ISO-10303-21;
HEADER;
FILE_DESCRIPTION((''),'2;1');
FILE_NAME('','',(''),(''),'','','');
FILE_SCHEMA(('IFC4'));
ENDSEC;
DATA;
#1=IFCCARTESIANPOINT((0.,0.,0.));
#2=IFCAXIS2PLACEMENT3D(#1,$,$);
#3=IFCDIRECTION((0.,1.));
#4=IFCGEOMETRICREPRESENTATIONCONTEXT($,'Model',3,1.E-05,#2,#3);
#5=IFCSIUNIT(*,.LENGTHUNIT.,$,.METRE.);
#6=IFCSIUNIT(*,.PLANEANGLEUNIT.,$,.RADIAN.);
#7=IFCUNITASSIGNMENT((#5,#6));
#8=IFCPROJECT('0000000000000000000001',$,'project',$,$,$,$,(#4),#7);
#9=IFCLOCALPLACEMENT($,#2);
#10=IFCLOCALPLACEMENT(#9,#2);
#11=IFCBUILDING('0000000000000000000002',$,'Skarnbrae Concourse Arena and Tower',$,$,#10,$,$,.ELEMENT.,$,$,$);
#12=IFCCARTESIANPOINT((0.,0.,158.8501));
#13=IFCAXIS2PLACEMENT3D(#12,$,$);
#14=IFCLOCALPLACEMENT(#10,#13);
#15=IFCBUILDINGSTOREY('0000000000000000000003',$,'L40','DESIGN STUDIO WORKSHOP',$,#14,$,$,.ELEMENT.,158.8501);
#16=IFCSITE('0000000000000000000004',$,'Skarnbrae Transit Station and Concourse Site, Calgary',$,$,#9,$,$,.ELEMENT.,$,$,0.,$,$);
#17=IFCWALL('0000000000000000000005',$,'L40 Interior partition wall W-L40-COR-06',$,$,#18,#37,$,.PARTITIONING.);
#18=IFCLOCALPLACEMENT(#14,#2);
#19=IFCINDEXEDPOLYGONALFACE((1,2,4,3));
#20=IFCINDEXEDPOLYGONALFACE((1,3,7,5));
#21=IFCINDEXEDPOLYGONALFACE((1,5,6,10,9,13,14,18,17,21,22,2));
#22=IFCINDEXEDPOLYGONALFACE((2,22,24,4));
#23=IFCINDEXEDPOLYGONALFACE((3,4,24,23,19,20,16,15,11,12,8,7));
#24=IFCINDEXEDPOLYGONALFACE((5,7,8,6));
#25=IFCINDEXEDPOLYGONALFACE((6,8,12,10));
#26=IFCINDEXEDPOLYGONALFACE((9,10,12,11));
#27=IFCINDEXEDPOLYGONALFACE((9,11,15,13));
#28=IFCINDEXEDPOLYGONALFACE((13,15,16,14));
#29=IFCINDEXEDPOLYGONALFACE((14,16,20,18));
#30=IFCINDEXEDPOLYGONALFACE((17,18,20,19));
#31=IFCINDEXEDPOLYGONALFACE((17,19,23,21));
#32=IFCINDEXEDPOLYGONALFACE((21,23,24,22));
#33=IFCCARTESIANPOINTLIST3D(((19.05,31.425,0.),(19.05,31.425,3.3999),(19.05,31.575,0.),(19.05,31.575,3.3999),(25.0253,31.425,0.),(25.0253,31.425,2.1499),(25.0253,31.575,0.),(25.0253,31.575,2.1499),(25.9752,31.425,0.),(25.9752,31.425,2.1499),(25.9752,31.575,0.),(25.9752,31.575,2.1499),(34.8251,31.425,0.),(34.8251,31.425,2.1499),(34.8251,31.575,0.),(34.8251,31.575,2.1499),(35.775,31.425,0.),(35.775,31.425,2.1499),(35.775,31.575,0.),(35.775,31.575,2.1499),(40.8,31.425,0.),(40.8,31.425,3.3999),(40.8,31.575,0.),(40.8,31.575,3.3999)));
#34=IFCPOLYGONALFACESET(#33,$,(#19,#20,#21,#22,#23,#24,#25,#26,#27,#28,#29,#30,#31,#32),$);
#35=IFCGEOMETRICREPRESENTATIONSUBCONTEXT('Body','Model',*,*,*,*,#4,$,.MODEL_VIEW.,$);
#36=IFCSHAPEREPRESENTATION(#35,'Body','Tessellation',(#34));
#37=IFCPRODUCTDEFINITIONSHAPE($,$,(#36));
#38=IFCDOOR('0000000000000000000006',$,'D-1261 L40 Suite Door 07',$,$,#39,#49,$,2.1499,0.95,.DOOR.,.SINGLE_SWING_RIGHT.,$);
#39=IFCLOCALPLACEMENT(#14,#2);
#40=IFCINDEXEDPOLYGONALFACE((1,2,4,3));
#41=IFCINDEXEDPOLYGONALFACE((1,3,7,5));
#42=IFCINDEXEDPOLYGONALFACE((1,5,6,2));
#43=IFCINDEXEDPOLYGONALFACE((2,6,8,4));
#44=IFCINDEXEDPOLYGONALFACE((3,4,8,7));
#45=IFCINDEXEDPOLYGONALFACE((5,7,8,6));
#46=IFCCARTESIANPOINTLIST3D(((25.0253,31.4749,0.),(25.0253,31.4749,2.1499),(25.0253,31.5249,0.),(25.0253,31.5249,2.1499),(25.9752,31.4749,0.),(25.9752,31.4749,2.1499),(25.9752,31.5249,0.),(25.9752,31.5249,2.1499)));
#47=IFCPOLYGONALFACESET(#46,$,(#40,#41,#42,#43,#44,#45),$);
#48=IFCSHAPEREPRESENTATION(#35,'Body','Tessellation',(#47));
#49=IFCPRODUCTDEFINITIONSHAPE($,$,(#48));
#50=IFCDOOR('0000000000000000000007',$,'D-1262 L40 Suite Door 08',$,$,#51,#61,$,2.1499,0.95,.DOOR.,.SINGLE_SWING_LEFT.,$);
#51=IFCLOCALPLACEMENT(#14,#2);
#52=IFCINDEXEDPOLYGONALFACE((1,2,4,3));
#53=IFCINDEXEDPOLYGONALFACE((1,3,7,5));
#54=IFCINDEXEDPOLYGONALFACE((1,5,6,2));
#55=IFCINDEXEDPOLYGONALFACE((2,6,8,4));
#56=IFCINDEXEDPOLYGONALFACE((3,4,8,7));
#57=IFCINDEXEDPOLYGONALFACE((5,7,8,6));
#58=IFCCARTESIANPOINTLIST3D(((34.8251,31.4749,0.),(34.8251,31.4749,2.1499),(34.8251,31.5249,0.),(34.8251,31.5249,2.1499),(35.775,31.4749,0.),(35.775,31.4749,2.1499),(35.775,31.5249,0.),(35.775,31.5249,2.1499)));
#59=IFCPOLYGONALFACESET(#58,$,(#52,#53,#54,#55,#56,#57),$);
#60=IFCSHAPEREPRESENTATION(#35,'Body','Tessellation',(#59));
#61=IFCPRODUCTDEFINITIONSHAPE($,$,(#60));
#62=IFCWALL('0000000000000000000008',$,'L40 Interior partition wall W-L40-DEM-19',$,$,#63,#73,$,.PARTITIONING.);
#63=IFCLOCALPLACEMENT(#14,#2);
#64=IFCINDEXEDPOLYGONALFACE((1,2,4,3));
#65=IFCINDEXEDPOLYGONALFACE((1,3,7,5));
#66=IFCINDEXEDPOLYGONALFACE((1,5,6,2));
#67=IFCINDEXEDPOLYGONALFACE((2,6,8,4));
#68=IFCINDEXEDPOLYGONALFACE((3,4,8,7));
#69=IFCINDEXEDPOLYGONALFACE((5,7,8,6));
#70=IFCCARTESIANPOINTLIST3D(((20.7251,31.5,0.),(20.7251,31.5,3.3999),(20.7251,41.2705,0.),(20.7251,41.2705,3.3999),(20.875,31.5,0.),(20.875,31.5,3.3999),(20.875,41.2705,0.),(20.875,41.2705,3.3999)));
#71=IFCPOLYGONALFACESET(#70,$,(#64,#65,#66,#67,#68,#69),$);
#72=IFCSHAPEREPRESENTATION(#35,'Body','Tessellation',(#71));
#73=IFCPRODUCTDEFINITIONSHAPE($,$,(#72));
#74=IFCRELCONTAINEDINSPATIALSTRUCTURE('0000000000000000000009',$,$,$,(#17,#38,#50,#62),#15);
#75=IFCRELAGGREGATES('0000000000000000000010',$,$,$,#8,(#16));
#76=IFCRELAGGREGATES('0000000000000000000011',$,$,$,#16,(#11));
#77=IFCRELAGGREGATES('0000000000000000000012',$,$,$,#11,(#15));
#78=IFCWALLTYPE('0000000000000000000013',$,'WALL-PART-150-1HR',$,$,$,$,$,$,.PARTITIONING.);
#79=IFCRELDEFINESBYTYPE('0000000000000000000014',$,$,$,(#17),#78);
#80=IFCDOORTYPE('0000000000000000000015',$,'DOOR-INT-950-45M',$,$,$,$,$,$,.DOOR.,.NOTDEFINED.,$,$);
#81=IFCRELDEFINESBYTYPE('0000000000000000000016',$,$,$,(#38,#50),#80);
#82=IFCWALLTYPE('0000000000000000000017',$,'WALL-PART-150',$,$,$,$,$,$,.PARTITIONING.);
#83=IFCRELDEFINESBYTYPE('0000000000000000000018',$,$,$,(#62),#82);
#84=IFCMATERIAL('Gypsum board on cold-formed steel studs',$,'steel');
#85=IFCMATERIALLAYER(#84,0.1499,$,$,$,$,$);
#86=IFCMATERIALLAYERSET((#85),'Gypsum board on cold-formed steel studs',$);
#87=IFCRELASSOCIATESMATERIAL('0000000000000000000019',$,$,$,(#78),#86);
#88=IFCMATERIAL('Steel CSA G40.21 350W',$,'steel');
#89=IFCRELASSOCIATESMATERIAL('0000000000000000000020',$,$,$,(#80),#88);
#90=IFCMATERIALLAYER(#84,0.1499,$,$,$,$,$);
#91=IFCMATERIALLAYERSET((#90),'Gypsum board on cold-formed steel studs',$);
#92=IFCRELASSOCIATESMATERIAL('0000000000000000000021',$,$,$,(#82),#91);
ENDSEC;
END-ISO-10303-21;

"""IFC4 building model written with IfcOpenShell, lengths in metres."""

from ifc_helpers import new_model, si_unit, direction, frame, frame_2d, origin, place, context, subcontext, project, spatial, rectangle, extrude, source, transform, mapped, material, layer, layer_set, type_object, element, fill, save


model = new_model("IFC4")

# Units and contexts
model_context = context("Model", 3, precision=1e-05, world=origin(), true_north=direction((0.0, 1.0)))
body_context = subcontext(model_context, "Body", "Model", "MODEL_VIEW")
ifc_project = project(units=[si_unit("LENGTHUNIT", "METRE"), si_unit("PLANEANGLEUNIT", "RADIAN")], contexts=[model_context])

# Site, building, storey
site_placement = place(None, origin())
site = spatial("IfcSite", under=ifc_project, at=site_placement, Name="Skarnbrae Transit Station and Concourse Site, Calgary", CompositionType="ELEMENT", RefElevation=0.0)
building_placement = place(site_placement, origin())
building = spatial("IfcBuilding", under=site, at=building_placement, Name="Skarnbrae Concourse Arena and Tower", CompositionType="ELEMENT")
storey_placement = place(building_placement, frame((0.0, 0.0, 158.8501)))
storey = spatial("IfcBuildingStorey", under=building, at=storey_placement, Name="L40", Description="DESIGN STUDIO WORKSHOP", CompositionType="ELEMENT", Elevation=158.8501)

# Shared definitions
ifc_material_1 = material(Name="Steel CSA G40.21 350W", Category="steel")

# Shared definitions
ifc_material_2 = material(Name="Gypsum board on cold-formed steel studs", Category="steel")
ifc_layer_1 = layer(ifc_material_2, 0.1499)
ifc_layer_set_1 = layer_set([ifc_layer_1], Name="Gypsum board on cold-formed steel studs")
wall_type_1 = type_object("IfcWallType", Name="WALL-PART-150-1HR", PredefinedType="PARTITIONING", material=ifc_layer_set_1)
door_type = type_object("IfcDoorType", Name="DOOR-INT-950-45M", OperationType="NOTDEFINED", PredefinedType="DOOR", material=ifc_material_1)
shared_shape_1 = source(origin(), body_context, "Body", "SweptSolid", [
    extrude(rectangle(XDim=0.95, YDim=2.1499, at=frame_2d((0.4751, 1.075))), frame((0.0, 0.0249, 0.0), z_axis=(0.0, -1.0, 0.0), x_axis=(1.0, 0.0, 0.0)), (0.0, 0.0, 1.0), 0.05),
])

# Wall, openings, doors
shared_shape_2 = source(origin(), body_context, "Body", "SweptSolid", [
    extrude(rectangle(XDim=21.75, YDim=0.1499, at=frame_2d((10.875, 0.0))), origin(), (0.0, 0.0, 1.0), 3.3999),
])
wall_1_placement = place(storey_placement, frame((19.05, 31.5, 0.0), z_axis=(0.0, 0.0, 1.0), x_axis=(1.0, 0.0, 0.0)))
wall_1 = element("IfcWall", 1, at=wall_1_placement, inside=storey, type_object=wall_type_1, Name="L40 Interior partition wall W-L40-COR-06", PredefinedType="PARTITIONING", context=body_context, shape_type="MappedRepresentation", body=[
    mapped(shared_shape_2, transform((0.0, 0.0, 0.0))),
])
opening_1_placement = place(wall_1_placement, frame((5.9751, 0.0, 0.0)))
opening_1 = element("IfcOpeningElement", 2, at=opening_1_placement, cuts=wall_1, PredefinedType="OPENING", context=body_context, shape_type="SweptSolid", body=[
    extrude(rectangle(XDim=0.95, YDim=2.1499, at=frame_2d((0.4751, 1.075))), frame((0.0, 0.085, 0.0), z_axis=(0.0, -1.0, 0.0), x_axis=(1.0, 0.0, 0.0)), (0.0, 0.0, 1.0), 0.1699),
])
opening_2_placement = place(wall_1_placement, frame((15.7749, 0.0, 0.0)))
opening_2 = element("IfcOpeningElement", 3, at=opening_2_placement, cuts=wall_1, PredefinedType="OPENING", context=body_context, shape_type="SweptSolid", body=[
    extrude(rectangle(XDim=0.95, YDim=2.1499, at=frame_2d((0.4751, 1.075))), frame((0.0, 0.085, 0.0), z_axis=(0.0, -1.0, 0.0), x_axis=(1.0, 0.0, 0.0)), (0.0, 0.0, 1.0), 0.1699),
])
door_1_placement = place(opening_1_placement, origin())
door_1 = element("IfcDoor", 4, at=door_1_placement, inside=storey, type_object=door_type, Name="D-1261 L40 Suite Door 07", OperationType="SINGLE_SWING_RIGHT", OverallHeight=2.1499, OverallWidth=0.95, PredefinedType="DOOR", context=body_context, shape_type="MappedRepresentation", body=[
    mapped(shared_shape_1, transform((0.0, 0.0, 0.0))),
])
fill(opening_1, door_1)
door_2_placement = place(opening_2_placement, origin())
door_2 = element("IfcDoor", 5, at=door_2_placement, inside=storey, type_object=door_type, Name="D-1262 L40 Suite Door 08", OperationType="SINGLE_SWING_LEFT", OverallHeight=2.1499, OverallWidth=0.95, PredefinedType="DOOR", context=body_context, shape_type="MappedRepresentation", body=[
    mapped(shared_shape_1, transform((0.0, 0.0, 0.0))),
])
fill(opening_2, door_2)

# Wall
ifc_layer_2 = layer(ifc_material_2, 0.1499)
ifc_layer_set_2 = layer_set([ifc_layer_2], Name="Gypsum board on cold-formed steel studs")
wall_type_2 = type_object("IfcWallType", Name="WALL-PART-150", PredefinedType="PARTITIONING", material=ifc_layer_set_2)
shared_shape_3 = source(origin(), body_context, "Body", "SweptSolid", [
    extrude(rectangle(XDim=9.7705, YDim=0.1499, at=frame_2d((4.8853, 0.0))), origin(), (0.0, 0.0, 1.0), 3.3999),
])
wall_2_placement = place(storey_placement, frame((20.8, 41.2705, 0.0), z_axis=(0.0, 0.0, 1.0), x_axis=(0.0, -1.0, 0.0)))
element("IfcWall", 6, at=wall_2_placement, inside=storey, type_object=wall_type_2, Name="L40 Interior partition wall W-L40-DEM-19", PredefinedType="PARTITIONING", context=body_context, shape_type="MappedRepresentation", body=[
    mapped(shared_shape_3, transform((0.0, 0.0, 0.0))),
])

save(model, "model.ifc")
